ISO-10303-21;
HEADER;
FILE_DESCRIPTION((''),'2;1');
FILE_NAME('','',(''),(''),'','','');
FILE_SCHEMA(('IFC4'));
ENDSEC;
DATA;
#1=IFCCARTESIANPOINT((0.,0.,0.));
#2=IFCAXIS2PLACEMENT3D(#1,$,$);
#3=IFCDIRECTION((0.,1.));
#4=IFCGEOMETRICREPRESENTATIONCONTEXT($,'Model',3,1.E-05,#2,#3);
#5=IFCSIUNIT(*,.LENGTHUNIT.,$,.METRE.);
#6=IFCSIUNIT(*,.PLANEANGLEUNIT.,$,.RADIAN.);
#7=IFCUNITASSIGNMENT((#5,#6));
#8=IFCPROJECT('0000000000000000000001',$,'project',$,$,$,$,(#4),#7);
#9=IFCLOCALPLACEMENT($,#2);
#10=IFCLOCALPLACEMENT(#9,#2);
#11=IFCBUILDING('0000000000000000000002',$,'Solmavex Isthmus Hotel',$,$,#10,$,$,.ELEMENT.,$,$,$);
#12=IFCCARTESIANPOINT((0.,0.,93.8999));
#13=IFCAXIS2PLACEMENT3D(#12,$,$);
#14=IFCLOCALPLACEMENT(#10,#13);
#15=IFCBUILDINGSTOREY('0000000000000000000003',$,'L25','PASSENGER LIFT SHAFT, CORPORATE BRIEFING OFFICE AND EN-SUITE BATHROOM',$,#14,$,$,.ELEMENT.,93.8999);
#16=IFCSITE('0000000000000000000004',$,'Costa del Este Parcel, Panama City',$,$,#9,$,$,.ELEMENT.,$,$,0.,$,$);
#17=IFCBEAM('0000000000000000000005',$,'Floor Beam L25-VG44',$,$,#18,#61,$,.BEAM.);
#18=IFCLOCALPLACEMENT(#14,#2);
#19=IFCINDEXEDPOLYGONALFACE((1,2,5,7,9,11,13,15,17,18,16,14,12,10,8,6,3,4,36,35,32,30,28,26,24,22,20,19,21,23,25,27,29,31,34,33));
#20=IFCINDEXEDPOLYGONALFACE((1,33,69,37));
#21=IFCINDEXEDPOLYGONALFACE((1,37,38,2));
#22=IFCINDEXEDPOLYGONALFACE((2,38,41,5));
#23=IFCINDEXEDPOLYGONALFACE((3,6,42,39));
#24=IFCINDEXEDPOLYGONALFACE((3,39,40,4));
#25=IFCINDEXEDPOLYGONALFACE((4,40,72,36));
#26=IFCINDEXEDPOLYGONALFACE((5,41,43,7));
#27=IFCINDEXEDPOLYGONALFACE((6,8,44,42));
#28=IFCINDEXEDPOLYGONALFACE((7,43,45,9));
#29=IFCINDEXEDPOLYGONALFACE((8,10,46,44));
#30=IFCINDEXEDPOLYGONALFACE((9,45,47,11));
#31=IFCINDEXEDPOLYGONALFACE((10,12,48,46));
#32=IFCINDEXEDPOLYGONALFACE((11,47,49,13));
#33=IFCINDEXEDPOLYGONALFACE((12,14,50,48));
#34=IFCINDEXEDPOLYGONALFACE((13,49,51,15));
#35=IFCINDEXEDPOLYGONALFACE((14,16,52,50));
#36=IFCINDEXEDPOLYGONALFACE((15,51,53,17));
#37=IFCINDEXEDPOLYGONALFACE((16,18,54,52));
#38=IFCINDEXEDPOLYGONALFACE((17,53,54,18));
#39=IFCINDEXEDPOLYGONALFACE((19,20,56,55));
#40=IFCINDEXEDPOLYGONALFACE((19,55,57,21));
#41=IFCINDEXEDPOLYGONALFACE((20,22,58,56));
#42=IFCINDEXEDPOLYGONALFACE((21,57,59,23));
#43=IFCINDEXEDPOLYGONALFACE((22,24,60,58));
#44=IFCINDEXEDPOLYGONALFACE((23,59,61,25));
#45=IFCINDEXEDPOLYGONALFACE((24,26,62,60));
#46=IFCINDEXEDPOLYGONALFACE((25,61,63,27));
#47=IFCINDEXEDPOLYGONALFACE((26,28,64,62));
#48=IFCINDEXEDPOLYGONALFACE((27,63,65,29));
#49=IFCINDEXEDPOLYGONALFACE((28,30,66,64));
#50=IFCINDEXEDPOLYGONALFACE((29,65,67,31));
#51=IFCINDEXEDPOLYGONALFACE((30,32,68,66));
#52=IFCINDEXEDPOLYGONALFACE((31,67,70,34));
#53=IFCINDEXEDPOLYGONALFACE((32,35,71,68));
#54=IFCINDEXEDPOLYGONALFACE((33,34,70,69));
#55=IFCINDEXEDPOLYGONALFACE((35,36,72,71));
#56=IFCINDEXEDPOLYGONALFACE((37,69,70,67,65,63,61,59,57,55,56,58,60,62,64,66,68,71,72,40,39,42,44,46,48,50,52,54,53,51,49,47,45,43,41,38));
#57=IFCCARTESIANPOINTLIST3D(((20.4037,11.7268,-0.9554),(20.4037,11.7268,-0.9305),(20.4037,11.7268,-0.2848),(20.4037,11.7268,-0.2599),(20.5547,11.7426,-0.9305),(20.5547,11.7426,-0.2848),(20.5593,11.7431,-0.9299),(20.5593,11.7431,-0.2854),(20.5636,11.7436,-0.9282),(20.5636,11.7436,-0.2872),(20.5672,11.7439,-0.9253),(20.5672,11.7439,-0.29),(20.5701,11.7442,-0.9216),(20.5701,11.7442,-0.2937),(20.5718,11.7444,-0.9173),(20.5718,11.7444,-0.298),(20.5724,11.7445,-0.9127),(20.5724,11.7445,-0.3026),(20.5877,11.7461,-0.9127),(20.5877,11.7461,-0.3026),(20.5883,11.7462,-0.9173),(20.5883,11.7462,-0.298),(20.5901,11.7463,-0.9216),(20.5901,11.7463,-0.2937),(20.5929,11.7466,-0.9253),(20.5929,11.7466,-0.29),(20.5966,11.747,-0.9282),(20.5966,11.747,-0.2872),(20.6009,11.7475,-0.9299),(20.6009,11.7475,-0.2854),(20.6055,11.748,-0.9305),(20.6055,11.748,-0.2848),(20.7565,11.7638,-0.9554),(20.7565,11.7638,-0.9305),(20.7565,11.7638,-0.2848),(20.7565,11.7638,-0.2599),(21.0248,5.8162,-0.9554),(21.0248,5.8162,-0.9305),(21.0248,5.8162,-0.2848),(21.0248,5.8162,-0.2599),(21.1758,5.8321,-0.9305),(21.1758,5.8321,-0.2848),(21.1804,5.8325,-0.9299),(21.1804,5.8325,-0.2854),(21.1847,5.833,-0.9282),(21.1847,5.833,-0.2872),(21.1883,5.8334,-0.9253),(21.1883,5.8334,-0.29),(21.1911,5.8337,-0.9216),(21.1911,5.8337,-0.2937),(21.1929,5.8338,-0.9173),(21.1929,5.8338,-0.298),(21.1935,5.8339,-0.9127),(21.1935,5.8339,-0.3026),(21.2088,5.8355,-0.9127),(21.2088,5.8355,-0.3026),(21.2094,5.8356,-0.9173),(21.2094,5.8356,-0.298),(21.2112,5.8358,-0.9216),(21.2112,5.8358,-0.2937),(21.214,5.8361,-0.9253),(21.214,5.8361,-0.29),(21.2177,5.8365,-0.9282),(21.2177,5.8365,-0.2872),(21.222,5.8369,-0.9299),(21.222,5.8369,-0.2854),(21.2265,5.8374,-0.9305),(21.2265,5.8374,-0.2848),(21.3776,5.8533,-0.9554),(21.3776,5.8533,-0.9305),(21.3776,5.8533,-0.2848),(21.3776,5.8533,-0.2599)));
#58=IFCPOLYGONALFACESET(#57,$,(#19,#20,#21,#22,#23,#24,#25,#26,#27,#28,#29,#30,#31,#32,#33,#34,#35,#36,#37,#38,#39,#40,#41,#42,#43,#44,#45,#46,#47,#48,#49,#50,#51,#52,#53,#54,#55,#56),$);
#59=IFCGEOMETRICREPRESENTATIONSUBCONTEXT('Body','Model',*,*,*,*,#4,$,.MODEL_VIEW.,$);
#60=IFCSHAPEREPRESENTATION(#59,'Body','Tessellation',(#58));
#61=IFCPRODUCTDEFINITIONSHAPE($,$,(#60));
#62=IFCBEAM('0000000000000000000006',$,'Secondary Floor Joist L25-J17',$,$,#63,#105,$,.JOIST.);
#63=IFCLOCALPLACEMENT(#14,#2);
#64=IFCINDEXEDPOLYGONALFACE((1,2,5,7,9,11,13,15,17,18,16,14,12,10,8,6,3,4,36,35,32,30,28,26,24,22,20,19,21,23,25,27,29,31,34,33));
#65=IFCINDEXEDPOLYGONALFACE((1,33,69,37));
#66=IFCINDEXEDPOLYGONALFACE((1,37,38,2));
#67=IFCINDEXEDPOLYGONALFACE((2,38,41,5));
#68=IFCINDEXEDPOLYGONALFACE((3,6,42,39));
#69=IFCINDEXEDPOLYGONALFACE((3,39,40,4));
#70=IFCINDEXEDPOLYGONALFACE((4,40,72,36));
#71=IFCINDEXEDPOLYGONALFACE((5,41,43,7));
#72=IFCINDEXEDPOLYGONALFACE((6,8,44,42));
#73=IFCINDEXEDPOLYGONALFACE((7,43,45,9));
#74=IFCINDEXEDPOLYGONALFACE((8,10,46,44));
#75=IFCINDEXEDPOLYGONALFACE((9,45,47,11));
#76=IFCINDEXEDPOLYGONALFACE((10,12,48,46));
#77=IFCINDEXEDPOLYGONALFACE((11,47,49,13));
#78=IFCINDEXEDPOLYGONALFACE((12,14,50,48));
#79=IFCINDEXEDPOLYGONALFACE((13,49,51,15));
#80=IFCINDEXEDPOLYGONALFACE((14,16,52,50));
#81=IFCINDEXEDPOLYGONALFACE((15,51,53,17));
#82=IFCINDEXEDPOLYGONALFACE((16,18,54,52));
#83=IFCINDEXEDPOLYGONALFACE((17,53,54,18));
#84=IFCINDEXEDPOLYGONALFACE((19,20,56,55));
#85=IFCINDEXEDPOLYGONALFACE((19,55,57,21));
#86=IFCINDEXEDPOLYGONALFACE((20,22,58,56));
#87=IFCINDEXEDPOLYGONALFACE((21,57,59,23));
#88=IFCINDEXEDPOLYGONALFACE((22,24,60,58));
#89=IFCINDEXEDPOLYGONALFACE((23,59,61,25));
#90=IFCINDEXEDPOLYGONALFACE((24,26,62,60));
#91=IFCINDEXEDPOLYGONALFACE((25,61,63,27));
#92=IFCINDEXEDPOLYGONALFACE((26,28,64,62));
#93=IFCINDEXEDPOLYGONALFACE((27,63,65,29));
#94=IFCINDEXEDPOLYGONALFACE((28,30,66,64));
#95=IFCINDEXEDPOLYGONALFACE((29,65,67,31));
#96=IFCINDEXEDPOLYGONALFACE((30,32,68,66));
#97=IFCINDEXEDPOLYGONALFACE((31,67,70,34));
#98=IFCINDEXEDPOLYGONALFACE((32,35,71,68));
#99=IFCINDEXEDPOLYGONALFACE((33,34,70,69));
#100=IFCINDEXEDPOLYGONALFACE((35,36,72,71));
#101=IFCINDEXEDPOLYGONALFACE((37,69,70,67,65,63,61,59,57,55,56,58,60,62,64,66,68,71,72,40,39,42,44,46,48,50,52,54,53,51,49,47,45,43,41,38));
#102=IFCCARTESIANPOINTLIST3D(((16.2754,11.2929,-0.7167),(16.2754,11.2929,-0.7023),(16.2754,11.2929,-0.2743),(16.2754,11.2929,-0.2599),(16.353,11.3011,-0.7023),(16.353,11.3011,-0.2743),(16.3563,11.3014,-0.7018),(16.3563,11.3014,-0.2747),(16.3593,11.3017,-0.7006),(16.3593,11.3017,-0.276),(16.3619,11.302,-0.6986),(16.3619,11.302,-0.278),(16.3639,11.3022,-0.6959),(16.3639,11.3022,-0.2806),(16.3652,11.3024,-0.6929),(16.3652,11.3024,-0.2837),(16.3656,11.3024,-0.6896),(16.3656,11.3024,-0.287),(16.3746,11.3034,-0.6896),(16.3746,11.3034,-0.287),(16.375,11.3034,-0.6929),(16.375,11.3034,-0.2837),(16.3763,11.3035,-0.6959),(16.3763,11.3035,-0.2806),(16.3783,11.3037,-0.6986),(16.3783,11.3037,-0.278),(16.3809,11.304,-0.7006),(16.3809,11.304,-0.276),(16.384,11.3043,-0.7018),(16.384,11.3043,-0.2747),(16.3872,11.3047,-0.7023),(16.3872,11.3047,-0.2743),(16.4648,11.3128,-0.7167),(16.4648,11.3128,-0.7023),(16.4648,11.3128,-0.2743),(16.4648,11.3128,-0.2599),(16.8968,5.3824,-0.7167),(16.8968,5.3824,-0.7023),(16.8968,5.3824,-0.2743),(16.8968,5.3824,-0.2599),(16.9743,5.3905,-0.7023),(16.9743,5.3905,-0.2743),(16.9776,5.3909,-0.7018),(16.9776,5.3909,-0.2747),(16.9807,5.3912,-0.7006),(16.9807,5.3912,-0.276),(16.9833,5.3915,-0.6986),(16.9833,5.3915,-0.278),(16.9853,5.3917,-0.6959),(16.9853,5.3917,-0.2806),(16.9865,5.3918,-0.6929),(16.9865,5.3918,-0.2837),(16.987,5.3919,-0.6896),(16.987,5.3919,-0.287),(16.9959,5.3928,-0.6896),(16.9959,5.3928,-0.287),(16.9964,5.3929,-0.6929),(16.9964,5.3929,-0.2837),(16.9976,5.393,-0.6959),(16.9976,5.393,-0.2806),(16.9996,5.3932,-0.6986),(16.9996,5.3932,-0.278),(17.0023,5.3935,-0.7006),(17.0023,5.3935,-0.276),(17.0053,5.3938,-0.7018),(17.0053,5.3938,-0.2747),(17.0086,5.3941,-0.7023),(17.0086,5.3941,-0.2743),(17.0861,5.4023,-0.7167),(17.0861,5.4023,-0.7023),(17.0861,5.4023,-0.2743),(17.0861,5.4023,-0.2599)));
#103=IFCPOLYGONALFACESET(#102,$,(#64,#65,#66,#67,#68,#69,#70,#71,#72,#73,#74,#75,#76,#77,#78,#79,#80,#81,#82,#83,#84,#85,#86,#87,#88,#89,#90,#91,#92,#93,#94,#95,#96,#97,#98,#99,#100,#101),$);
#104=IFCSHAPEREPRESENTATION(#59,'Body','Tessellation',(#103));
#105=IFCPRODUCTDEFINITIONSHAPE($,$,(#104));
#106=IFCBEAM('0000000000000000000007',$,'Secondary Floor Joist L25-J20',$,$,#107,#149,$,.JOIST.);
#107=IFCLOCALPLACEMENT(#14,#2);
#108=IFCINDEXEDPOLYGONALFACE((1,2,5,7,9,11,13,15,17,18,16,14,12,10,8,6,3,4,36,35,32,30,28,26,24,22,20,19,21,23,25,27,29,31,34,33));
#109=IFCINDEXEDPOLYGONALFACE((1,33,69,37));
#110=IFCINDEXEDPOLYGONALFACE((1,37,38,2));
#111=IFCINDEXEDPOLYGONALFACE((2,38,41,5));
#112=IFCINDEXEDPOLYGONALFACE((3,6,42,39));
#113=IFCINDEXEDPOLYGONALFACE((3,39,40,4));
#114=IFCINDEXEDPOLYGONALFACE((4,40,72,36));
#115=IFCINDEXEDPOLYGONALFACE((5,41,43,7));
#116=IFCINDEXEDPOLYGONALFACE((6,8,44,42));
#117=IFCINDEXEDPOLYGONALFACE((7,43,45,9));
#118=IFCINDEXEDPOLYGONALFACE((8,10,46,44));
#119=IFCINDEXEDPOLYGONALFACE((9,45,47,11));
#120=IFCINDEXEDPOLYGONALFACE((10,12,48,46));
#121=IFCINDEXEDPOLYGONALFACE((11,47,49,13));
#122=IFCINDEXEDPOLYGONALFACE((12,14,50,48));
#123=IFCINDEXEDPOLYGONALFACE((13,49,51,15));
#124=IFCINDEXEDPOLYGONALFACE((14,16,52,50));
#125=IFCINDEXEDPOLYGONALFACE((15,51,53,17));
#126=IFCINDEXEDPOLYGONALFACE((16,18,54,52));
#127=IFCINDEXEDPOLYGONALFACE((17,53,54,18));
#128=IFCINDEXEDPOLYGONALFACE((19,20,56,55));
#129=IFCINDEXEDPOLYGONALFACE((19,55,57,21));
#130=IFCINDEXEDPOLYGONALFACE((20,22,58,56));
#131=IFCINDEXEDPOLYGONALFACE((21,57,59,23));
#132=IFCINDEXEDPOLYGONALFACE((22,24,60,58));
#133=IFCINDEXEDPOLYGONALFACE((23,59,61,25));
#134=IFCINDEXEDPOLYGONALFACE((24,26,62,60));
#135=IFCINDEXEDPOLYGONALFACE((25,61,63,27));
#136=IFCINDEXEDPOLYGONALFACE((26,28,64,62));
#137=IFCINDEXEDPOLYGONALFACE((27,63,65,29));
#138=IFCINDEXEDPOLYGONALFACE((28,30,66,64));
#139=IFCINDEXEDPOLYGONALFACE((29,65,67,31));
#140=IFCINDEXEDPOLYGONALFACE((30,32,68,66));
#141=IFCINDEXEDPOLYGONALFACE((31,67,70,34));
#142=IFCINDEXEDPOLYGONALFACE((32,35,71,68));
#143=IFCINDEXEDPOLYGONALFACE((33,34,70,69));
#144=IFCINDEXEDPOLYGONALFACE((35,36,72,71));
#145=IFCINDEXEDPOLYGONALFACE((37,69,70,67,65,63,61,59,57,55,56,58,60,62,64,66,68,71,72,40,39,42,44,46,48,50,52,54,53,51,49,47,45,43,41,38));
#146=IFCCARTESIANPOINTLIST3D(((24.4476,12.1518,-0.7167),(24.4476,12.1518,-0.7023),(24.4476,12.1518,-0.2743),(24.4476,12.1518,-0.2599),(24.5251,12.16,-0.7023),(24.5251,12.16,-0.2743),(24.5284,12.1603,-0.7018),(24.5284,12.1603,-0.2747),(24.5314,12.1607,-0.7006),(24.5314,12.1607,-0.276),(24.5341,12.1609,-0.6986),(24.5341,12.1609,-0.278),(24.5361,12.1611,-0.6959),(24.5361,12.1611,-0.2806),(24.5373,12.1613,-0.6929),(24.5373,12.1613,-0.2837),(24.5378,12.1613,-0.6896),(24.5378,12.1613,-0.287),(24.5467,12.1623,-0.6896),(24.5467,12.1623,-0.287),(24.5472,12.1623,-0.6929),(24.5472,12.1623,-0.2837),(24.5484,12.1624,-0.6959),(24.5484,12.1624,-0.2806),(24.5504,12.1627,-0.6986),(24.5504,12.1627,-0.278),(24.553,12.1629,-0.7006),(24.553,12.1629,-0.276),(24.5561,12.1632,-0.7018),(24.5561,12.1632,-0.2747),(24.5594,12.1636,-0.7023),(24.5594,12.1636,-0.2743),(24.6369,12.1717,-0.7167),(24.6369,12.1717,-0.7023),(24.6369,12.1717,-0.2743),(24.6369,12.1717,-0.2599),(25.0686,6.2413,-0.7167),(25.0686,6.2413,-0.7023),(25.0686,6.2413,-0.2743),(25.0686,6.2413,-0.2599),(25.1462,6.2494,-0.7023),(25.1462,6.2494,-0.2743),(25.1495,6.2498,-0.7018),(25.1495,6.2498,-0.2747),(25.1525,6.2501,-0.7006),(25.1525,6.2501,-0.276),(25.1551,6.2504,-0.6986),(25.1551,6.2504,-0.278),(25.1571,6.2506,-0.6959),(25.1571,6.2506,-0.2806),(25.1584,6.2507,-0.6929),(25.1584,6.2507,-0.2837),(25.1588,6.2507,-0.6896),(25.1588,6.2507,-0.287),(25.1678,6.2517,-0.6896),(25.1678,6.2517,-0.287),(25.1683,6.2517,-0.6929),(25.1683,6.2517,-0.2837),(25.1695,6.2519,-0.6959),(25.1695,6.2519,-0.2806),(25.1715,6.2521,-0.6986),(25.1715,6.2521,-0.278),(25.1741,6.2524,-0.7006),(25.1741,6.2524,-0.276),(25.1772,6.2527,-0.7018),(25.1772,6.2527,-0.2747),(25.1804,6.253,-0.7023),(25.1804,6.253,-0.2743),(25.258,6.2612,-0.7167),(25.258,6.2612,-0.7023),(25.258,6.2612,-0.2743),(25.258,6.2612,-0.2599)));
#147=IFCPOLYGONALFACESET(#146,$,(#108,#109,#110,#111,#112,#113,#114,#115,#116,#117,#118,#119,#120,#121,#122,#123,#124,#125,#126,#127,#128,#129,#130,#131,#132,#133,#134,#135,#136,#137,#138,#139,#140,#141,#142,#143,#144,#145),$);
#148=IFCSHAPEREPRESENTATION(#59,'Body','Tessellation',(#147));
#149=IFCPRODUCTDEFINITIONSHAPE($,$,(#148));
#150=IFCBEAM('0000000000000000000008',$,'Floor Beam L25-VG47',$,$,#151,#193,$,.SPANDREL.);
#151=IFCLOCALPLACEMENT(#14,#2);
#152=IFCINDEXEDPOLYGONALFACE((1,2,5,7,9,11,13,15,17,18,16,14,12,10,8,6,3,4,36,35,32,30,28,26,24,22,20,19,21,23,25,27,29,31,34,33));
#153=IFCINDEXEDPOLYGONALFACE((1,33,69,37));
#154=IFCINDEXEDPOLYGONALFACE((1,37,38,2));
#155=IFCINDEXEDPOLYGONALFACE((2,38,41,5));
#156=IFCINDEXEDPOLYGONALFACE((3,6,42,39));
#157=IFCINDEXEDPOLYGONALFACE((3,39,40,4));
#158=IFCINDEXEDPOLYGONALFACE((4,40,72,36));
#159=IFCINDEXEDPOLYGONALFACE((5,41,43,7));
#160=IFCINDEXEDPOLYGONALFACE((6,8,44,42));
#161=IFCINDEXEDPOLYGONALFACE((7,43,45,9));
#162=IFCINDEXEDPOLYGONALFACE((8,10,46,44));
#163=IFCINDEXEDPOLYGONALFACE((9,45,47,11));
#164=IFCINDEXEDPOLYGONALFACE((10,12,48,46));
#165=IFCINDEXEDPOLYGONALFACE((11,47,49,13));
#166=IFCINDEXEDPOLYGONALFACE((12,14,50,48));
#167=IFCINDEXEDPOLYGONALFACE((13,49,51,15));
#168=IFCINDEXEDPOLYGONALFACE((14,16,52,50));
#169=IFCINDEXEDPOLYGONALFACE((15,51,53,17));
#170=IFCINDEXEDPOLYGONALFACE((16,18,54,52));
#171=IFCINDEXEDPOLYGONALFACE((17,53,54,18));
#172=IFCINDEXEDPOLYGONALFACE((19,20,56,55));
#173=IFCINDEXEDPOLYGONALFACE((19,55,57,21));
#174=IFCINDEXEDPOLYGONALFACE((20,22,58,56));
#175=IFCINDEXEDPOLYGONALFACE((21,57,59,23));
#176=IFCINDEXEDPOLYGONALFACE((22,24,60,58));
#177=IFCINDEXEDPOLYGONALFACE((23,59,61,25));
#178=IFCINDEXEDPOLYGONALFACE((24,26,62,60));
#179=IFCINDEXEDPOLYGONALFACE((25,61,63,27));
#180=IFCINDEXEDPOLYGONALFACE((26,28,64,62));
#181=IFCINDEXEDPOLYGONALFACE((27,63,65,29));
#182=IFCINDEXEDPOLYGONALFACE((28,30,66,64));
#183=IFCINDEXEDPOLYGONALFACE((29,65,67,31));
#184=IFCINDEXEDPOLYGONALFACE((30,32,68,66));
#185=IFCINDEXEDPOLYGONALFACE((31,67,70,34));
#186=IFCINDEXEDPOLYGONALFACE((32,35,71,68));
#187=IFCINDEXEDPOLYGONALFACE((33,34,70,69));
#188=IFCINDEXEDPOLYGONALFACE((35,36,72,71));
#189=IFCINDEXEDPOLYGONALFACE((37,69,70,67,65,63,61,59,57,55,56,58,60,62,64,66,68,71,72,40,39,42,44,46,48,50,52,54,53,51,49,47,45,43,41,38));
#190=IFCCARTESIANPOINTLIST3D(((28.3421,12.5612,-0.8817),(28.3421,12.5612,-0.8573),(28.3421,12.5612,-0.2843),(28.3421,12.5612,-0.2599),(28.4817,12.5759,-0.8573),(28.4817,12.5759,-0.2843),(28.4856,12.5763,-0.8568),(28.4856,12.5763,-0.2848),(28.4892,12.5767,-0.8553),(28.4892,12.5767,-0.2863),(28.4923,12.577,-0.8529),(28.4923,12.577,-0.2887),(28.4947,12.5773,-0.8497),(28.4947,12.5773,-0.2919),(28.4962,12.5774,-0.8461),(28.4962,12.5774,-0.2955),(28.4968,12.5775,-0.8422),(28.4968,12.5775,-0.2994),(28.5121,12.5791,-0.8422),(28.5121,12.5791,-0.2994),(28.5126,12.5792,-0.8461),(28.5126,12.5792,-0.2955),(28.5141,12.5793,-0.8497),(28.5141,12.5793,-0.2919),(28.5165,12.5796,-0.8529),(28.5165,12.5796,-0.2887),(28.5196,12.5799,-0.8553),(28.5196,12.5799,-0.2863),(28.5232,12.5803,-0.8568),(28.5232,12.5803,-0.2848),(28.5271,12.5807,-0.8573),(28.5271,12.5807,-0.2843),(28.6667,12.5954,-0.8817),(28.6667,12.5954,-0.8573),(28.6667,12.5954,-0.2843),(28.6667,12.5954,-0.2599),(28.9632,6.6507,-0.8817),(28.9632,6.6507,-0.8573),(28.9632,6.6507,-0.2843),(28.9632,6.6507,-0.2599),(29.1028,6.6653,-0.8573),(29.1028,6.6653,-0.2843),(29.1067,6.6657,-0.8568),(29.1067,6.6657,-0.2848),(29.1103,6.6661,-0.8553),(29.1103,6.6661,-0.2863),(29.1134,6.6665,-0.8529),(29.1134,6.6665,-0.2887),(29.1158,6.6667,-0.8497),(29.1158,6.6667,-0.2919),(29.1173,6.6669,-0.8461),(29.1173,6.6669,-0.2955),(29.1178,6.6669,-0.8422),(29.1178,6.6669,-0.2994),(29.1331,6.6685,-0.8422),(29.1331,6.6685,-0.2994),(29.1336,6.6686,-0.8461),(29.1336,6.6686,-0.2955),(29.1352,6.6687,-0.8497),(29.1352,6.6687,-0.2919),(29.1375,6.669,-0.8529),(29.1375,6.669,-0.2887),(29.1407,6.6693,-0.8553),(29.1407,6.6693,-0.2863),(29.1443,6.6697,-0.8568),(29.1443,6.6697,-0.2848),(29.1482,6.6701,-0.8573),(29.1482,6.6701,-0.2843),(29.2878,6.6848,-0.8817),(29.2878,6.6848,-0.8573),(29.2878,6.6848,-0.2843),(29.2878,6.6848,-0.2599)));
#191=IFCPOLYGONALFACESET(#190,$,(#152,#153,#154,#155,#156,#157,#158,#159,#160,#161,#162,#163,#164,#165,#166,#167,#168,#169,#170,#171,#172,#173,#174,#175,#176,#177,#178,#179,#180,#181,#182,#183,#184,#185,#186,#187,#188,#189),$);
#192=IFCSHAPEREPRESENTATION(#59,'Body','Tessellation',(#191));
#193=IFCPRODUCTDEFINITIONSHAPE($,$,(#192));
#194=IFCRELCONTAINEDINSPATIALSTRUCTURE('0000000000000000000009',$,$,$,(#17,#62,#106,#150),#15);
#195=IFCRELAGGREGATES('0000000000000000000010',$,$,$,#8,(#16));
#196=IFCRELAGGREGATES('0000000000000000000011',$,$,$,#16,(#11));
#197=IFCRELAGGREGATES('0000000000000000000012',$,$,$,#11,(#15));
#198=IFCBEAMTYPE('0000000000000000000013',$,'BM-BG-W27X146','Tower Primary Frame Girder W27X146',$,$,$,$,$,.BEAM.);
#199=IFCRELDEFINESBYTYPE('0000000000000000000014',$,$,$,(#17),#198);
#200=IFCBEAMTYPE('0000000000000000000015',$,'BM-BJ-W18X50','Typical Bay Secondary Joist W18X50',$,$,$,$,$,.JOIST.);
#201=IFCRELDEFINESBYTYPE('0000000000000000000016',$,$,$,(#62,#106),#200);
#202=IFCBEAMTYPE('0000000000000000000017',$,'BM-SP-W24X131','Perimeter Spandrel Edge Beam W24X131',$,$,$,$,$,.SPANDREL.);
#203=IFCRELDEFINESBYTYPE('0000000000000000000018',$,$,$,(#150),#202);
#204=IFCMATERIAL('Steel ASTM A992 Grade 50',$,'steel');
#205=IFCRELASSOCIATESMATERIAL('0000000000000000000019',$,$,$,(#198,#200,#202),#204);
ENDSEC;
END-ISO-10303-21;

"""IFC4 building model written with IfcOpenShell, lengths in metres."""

from ifc_helpers import new_model, si_unit, direction, frame, origin, origin_2d, place, context, subcontext, project, spatial, i_section, extrude, material, material_profile, profile_set, type_object, element, save


model = new_model("IFC4")

# Units and contexts
model_context = context("Model", 3, precision=1e-05, world=origin(), true_north=direction((0.0, 1.0)))
body_context = subcontext(model_context, "Body", "Model", "MODEL_VIEW")
ifc_project = project(units=[si_unit("LENGTHUNIT", "METRE"), si_unit("PLANEANGLEUNIT", "RADIAN")], contexts=[model_context])

# Site, building, storey
site_placement = place(None, origin())
site = spatial("IfcSite", under=ifc_project, at=site_placement, Name="Costa del Este Parcel, Panama City", CompositionType="ELEMENT", RefElevation=0.0)
building_placement = place(site_placement, origin())
building = spatial("IfcBuilding", under=site, at=building_placement, Name="Solmavex Isthmus Hotel", CompositionType="ELEMENT")
storey_placement = place(building_placement, frame((0.0, 0.0, 93.8999)))
storey = spatial("IfcBuildingStorey", under=building, at=storey_placement, Name="L25", Description="PASSENGER LIFT SHAFT, CORPORATE BRIEFING OFFICE AND EN-SUITE BATHROOM", CompositionType="ELEMENT", Elevation=93.8999)

# Beams
ifc_material_1 = material(Name="Steel ASTM A992 Grade 50", Category="steel")
ifc_material_profile_1 = material_profile(ifc_material_1, i_section(OverallWidth=0.3547, OverallDepth=0.6956, WebThickness=0.0154, FlangeThickness=0.0249, FilletRadius=0.0178, at=origin_2d()), Name="W27X146")
ifc_profile_set_1 = profile_set([ifc_material_profile_1], Name="Steel ASTM A992 Grade 50")
beam_type_1 = type_object("IfcBeamType", Name="BM-BG-W27X146", Description="Tower Primary Frame Girder W27X146", PredefinedType="BEAM", material=ifc_profile_set_1)
beam_1_placement = place(storey_placement, frame((21.2012, 5.8347, -0.6077), z_axis=(-0.104505, 0.994524, 0.0), x_axis=(-0.994524, -0.104505, 0.0)))
element("IfcBeam", 1, at=beam_1_placement, inside=storey, type_object=beam_type_1, Name="Floor Beam L25-VG44", PredefinedType="BEAM", context=body_context, shape_type="SweptSolid", body=[
    extrude(i_section(OverallWidth=0.3547, OverallDepth=0.6956, WebThickness=0.0154, FlangeThickness=0.0249, FilletRadius=0.0178, at=origin_2d()), origin(), (0.0, 0.0, 1.0), 5.9431),
])
ifc_material_profile_2 = material_profile(ifc_material_1, i_section(OverallWidth=0.1904, OverallDepth=0.4568, WebThickness=0.009, FlangeThickness=0.0144, FilletRadius=0.0127, at=origin_2d()), Name="W18X50")
ifc_profile_set_2 = profile_set([ifc_material_profile_2], Name="Steel ASTM A992 Grade 50")
beam_type_2 = type_object("IfcBeamType", Name="BM-BJ-W18X50", Description="Typical Bay Secondary Joist W18X50", PredefinedType="JOIST", material=ifc_profile_set_2)
for number, where, z_axis, x_axis, name in (
    (2, (16.9915, 5.3923, -0.4883), (-0.104546, 0.99452, 0.0), (-0.99452, -0.104546, 0.0), "Secondary Floor Joist L25-J17"),
    (3, (25.1633, 6.2512, -0.4883), (-0.104505, 0.994524, 0.0), (-0.994524, -0.104505, 0.0), "Secondary Floor Joist L25-J20"),
):
    element("IfcBeam", number, at=place(storey_placement, frame(where, z_axis=z_axis, x_axis=x_axis)), inside=storey, type_object=beam_type_2, Name=name, PredefinedType="JOIST", context=body_context, shape_type="SweptSolid", body=[
        extrude(i_section(OverallWidth=0.1904, OverallDepth=0.4568, WebThickness=0.009, FlangeThickness=0.0144, FilletRadius=0.0127, at=origin_2d()), origin(), (0.0, 0.0, 1.0), 5.9431),
    ])
ifc_material_profile_3 = material_profile(ifc_material_1, i_section(OverallWidth=0.3264, OverallDepth=0.6218, WebThickness=0.0154, FlangeThickness=0.0244, FilletRadius=0.0151, at=origin_2d()), Name="W24X131")
ifc_profile_set_3 = profile_set([ifc_material_profile_3], Name="Steel ASTM A992 Grade 50")
beam_type_3 = type_object("IfcBeamType", Name="BM-SP-W24X131", Description="Perimeter Spandrel Edge Beam W24X131", PredefinedType="SPANDREL", material=ifc_profile_set_3)
beam_2_placement = place(storey_placement, frame((29.1255, 6.6677, -0.5708), z_axis=(-0.104505, 0.994524, 0.0), x_axis=(-0.994524, -0.104505, 0.0)))
element("IfcBeam", 4, at=beam_2_placement, inside=storey, type_object=beam_type_3, Name="Floor Beam L25-VG47", PredefinedType="SPANDREL", context=body_context, shape_type="SweptSolid", body=[
    extrude(i_section(OverallWidth=0.3264, OverallDepth=0.6218, WebThickness=0.0154, FlangeThickness=0.0244, FilletRadius=0.0151, at=origin_2d()), origin(), (0.0, 0.0, 1.0), 5.9431),
])

save(model, "model.ifc")
